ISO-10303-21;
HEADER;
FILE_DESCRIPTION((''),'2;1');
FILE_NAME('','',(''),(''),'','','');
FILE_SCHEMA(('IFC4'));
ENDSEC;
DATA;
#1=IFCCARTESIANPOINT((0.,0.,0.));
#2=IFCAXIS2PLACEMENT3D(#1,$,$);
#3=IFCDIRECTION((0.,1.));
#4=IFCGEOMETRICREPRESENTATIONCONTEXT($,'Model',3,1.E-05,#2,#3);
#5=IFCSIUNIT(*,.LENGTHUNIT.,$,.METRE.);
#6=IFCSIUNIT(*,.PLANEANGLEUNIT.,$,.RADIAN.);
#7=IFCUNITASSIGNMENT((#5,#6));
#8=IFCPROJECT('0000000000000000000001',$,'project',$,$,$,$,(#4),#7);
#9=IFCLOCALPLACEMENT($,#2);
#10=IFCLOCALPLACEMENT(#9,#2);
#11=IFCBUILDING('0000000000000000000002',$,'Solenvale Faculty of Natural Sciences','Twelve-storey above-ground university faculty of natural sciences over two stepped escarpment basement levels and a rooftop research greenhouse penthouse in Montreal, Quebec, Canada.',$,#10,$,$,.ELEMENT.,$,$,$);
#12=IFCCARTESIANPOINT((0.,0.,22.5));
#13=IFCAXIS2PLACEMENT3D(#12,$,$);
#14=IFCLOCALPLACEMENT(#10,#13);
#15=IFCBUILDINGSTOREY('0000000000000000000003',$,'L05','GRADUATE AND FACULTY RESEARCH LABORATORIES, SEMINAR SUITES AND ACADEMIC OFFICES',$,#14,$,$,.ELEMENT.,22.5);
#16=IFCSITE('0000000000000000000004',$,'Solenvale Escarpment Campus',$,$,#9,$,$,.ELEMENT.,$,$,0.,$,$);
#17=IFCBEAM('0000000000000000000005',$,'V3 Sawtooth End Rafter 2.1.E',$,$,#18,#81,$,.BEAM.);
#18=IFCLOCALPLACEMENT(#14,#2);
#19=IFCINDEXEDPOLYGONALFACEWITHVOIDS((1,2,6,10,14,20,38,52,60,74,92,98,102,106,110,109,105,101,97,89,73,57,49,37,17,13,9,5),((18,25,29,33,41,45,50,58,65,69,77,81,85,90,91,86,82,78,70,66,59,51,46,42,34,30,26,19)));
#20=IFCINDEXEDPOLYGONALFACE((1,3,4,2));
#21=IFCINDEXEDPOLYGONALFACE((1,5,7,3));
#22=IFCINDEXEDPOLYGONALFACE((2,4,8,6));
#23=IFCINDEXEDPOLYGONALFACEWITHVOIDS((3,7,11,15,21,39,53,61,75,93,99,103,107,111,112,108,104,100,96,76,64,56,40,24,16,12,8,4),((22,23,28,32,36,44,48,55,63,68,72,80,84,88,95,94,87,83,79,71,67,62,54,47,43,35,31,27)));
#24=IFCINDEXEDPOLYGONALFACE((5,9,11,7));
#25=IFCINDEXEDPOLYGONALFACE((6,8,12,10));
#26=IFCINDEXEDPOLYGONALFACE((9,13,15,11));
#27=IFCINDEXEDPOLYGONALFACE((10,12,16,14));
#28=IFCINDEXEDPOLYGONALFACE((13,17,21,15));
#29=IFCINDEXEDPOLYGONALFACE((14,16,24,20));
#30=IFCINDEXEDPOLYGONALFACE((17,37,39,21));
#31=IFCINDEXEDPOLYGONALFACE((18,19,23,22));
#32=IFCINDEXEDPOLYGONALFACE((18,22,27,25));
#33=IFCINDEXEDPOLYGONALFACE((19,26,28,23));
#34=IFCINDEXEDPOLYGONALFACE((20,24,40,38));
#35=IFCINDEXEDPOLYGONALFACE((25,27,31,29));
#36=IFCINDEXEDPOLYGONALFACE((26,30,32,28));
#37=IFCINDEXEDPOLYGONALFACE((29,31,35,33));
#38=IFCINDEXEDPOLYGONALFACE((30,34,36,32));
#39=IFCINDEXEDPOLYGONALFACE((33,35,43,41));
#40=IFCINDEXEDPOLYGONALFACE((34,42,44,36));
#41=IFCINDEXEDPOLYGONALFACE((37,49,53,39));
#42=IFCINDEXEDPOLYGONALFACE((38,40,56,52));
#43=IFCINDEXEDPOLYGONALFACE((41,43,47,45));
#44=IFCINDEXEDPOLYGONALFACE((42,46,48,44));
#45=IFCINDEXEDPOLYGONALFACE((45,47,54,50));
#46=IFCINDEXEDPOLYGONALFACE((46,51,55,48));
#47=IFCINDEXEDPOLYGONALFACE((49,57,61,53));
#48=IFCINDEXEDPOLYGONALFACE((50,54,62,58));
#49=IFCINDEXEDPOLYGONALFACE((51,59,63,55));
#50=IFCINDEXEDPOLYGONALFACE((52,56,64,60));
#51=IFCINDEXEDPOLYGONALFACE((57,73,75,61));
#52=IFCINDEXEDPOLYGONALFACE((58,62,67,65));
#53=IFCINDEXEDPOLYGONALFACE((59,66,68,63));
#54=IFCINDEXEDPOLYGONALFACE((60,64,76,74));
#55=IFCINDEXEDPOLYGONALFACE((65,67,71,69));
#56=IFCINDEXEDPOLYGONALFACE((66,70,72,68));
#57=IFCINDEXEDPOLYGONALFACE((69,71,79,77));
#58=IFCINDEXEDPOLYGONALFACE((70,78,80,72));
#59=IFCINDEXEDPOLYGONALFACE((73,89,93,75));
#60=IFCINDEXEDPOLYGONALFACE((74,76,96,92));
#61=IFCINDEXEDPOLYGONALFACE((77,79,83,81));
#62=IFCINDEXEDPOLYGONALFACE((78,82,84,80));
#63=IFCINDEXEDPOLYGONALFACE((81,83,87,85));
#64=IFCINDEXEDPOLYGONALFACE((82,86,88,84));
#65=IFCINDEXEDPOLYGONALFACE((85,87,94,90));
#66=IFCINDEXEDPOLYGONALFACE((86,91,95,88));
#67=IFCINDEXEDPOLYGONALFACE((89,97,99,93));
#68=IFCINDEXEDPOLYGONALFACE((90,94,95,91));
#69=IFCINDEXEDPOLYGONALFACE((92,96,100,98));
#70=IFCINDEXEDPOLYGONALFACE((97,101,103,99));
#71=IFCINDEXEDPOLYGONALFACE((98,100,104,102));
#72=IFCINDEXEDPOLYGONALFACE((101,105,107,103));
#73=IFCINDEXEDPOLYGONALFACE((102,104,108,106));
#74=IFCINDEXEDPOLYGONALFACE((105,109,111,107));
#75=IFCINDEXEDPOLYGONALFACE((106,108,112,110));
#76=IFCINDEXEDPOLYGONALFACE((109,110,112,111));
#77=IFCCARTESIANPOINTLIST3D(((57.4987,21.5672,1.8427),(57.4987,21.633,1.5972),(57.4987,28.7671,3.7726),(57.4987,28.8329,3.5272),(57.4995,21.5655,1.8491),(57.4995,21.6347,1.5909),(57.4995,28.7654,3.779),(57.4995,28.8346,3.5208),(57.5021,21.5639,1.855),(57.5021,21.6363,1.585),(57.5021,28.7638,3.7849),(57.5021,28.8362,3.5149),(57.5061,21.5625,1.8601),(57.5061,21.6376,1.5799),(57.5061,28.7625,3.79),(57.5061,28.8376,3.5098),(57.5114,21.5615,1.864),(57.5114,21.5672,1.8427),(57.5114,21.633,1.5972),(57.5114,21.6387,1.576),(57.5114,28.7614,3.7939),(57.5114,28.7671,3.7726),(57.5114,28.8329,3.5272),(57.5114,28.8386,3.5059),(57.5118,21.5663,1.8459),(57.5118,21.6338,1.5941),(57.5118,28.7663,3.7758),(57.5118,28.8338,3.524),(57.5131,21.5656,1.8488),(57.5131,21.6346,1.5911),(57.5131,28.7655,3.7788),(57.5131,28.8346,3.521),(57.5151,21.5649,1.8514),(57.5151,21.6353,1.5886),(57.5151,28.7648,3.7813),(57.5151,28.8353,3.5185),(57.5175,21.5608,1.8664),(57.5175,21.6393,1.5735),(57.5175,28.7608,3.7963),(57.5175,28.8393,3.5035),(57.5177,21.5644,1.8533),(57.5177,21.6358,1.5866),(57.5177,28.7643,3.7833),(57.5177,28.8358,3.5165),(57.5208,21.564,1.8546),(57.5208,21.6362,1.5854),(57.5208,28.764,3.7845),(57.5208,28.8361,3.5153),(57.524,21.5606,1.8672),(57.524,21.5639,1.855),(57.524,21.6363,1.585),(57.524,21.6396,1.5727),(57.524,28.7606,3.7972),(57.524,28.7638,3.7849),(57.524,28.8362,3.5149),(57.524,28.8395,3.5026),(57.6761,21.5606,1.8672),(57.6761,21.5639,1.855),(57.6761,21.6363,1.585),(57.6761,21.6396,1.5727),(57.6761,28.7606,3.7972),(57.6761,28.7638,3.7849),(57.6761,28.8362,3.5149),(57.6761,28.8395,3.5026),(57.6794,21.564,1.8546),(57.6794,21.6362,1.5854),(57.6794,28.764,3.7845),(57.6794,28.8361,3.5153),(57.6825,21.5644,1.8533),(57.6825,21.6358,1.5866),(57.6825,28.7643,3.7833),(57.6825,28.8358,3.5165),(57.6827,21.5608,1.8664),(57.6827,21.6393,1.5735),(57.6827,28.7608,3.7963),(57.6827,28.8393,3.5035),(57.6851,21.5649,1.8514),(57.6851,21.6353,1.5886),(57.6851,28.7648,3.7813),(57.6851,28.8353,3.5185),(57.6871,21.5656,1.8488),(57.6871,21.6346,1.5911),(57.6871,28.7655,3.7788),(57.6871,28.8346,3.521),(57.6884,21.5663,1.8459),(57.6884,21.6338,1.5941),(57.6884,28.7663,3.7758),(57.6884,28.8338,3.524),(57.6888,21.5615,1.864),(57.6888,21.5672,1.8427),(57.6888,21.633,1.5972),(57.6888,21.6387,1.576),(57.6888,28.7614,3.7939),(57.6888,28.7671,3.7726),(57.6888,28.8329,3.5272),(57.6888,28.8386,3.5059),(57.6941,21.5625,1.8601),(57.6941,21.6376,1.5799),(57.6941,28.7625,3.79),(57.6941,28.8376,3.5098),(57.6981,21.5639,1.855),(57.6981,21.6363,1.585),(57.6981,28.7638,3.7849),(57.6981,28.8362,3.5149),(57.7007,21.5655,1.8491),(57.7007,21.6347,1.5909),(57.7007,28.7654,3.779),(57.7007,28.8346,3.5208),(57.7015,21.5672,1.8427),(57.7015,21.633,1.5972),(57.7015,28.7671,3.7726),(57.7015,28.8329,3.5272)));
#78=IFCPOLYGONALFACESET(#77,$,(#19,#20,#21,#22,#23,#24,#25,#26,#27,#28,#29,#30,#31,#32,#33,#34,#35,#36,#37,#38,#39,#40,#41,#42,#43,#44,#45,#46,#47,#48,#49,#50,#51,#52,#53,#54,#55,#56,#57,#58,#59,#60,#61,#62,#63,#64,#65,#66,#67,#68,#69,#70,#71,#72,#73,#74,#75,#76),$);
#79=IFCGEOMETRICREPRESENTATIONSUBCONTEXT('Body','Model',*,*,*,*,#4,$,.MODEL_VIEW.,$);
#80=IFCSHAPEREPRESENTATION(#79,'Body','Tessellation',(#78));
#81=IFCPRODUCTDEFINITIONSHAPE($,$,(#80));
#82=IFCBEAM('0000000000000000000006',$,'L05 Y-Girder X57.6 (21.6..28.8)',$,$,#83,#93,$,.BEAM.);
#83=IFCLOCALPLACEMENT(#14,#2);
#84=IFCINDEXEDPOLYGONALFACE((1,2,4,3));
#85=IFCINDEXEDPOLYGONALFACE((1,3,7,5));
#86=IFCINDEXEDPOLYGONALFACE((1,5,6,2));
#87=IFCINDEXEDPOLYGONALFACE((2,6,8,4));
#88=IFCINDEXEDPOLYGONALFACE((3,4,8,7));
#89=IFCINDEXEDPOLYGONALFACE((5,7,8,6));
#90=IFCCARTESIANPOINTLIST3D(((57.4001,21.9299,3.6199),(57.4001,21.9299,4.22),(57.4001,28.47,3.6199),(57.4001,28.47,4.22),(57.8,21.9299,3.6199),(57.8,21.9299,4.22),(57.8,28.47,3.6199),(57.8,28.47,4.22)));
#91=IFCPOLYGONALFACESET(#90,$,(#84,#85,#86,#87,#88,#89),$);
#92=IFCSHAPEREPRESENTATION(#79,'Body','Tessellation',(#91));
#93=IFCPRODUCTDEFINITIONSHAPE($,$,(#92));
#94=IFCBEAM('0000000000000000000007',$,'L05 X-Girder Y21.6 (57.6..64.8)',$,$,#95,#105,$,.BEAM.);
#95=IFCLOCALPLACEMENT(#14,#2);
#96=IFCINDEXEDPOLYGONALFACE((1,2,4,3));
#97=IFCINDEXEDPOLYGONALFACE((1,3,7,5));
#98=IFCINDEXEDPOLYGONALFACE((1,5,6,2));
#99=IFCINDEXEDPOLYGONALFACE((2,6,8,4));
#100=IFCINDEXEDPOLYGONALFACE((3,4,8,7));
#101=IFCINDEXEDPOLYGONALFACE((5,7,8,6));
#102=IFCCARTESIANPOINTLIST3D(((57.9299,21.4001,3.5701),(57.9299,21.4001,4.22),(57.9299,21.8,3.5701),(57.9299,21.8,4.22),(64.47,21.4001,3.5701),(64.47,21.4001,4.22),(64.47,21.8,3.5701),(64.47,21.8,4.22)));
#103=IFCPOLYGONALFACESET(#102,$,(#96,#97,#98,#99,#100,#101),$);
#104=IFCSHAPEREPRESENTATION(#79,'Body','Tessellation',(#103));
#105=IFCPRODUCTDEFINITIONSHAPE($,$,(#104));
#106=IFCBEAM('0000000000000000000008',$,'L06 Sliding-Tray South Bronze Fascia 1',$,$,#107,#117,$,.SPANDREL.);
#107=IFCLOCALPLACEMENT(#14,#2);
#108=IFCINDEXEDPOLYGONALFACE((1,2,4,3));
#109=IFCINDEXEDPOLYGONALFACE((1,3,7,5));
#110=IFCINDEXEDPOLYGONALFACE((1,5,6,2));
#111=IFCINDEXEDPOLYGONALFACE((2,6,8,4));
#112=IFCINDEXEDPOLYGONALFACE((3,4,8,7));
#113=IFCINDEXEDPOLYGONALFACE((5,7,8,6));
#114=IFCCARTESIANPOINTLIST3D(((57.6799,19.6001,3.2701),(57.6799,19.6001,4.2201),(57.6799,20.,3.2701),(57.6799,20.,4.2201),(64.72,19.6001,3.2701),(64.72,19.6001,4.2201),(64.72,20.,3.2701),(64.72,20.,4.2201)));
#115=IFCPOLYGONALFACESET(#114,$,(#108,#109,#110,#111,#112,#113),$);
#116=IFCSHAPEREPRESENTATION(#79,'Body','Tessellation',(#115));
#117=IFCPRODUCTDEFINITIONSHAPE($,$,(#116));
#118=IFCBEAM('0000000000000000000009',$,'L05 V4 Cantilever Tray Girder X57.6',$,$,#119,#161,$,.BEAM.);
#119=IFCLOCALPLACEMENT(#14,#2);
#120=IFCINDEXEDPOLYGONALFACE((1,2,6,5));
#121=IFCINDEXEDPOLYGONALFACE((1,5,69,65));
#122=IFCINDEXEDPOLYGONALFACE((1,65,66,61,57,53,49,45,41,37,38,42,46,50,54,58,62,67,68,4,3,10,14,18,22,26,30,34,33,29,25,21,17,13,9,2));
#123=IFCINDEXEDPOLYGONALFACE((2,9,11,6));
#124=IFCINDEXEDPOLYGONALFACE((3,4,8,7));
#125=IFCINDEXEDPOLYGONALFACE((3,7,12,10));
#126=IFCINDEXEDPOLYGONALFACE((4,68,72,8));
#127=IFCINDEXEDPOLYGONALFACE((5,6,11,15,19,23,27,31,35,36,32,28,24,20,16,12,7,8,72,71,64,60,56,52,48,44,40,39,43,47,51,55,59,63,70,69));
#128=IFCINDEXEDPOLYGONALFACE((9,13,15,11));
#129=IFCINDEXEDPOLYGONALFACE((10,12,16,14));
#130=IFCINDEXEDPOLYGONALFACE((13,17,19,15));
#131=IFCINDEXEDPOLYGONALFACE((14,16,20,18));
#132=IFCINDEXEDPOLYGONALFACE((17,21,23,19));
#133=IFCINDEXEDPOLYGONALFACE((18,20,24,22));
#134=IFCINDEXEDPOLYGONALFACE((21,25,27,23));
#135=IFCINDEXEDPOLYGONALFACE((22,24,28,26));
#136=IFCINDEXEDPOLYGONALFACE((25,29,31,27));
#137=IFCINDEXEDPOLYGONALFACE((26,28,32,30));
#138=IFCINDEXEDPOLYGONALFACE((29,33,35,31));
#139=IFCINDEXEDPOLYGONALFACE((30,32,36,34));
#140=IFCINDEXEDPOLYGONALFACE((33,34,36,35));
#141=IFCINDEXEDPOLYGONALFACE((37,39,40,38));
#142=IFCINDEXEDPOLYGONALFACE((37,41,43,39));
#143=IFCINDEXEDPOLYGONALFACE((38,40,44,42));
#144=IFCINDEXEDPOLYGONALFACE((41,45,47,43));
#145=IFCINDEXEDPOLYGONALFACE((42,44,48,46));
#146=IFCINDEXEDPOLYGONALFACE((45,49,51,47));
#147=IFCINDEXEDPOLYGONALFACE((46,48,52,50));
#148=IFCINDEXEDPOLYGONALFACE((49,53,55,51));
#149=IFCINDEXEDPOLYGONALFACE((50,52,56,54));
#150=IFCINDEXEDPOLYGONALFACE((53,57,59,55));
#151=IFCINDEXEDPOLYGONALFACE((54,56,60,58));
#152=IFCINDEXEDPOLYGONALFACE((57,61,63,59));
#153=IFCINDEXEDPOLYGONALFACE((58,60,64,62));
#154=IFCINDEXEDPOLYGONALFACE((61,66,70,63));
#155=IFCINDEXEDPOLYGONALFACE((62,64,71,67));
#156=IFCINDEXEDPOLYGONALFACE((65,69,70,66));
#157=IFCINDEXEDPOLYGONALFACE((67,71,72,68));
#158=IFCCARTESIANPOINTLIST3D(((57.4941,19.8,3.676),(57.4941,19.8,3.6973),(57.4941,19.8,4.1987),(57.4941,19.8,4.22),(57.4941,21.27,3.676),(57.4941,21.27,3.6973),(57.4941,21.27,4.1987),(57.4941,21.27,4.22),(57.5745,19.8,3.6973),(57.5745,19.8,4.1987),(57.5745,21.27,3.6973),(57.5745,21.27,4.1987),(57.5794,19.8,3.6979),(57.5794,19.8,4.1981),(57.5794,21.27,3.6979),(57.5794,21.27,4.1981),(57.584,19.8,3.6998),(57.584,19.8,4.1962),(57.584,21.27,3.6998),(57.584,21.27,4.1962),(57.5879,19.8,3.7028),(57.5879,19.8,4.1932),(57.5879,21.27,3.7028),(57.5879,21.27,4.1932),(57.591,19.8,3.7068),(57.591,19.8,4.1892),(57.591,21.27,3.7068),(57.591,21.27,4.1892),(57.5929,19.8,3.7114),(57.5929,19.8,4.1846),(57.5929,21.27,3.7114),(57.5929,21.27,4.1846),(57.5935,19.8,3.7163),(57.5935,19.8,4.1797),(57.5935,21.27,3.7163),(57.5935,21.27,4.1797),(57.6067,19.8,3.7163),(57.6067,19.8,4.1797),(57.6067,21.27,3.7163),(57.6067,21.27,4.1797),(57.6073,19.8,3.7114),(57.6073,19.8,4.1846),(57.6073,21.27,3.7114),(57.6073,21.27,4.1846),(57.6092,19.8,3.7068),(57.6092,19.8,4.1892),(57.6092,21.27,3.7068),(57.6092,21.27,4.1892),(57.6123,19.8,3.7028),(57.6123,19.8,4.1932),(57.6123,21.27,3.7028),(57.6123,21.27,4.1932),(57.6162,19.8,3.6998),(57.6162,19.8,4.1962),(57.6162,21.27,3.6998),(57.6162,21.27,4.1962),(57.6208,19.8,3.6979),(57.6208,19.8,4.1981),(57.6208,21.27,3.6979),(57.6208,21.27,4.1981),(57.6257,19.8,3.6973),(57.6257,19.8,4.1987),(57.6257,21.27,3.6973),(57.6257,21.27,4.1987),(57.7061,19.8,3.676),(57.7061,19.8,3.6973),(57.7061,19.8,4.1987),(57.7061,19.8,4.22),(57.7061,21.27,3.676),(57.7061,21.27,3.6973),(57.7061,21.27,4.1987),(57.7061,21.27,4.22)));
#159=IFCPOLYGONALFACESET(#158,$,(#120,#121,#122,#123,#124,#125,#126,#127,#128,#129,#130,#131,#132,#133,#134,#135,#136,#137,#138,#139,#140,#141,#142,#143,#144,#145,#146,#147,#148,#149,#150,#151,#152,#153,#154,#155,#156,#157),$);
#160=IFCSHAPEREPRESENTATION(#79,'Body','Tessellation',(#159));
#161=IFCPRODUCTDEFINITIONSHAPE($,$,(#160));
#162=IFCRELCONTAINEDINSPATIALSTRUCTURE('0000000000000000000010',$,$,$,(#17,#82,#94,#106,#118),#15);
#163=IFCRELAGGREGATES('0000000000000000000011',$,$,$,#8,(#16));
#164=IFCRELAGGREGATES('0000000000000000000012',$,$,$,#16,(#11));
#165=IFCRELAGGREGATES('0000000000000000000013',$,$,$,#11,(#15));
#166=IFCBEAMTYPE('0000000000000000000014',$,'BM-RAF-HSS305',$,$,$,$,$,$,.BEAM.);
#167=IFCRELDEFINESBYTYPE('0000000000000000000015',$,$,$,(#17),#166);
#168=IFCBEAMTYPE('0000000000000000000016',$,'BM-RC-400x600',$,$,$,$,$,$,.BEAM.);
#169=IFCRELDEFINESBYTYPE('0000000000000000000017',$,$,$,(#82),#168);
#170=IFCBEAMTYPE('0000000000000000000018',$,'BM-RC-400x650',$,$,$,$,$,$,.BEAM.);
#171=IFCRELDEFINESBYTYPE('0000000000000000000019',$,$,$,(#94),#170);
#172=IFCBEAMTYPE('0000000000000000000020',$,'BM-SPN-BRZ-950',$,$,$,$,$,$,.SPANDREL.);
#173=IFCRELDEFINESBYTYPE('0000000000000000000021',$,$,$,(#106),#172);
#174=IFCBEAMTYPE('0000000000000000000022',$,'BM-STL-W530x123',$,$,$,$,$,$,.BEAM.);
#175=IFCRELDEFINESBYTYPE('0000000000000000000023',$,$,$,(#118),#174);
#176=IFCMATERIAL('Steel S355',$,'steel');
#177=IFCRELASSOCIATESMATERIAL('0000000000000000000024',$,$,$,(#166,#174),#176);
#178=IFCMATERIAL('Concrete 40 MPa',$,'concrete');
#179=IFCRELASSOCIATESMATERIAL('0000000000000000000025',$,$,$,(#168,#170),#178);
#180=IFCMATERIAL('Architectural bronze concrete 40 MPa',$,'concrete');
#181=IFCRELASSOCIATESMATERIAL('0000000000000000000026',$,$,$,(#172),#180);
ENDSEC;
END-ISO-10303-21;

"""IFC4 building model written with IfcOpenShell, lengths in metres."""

from ifc_helpers import new_model, si_unit, direction, frame, origin, origin_2d, place, context, subcontext, project, spatial, rectangle, hollow_rectangle, i_section, extrude, material, material_profile, profile_set, type_object, element, save


model = new_model("IFC4")

# Units and contexts
model_context = context("Model", 3, precision=1e-05, world=origin(), true_north=direction((0.0, 1.0)))
body_context = subcontext(model_context, "Body", "Model", "MODEL_VIEW")
ifc_project = project(units=[si_unit("LENGTHUNIT", "METRE"), si_unit("PLANEANGLEUNIT", "RADIAN")], contexts=[model_context])

# Site, building, storey
site_placement = place(None, origin())
site = spatial("IfcSite", under=ifc_project, at=site_placement, Name="Solenvale Escarpment Campus", CompositionType="ELEMENT", RefElevation=0.0)
building_placement = place(site_placement, origin())
building = spatial("IfcBuilding", under=site, at=building_placement, Name="Solenvale Faculty of Natural Sciences", Description="Twelve-storey above-ground university faculty of natural sciences over two stepped escarpment basement levels and a rooftop research greenhouse penthouse in Montreal, Quebec, Canada.", CompositionType="ELEMENT")
storey_placement = place(building_placement, frame((0.0, 0.0, 22.5)))
storey = spatial("IfcBuildingStorey", under=building, at=storey_placement, Name="L05", Description="GRADUATE AND FACULTY RESEARCH LABORATORIES, SEMINAR SUITES AND ACADEMIC OFFICES", CompositionType="ELEMENT", Elevation=22.5)

# Shared definitions
ifc_material_1 = material(Name="Concrete 40 MPa", Category="concrete")
ifc_material_2 = material(Name="Steel S355", Category="steel")

# Beams
ifc_material_profile_1 = material_profile(ifc_material_2, hollow_rectangle(XDim=0.2029, YDim=0.3049, WallThickness=0.0127, InnerFilletRadius=0.0127, OuterFilletRadius=0.0254, at=origin_2d()), Name="HSS305x203x13")
ifc_profile_set_1 = profile_set([ifc_material_profile_1], Name="Steel S355")
beam_type_1 = type_object("IfcBeamType", Name="BM-RAF-HSS305", PredefinedType="BEAM", material=ifc_profile_set_1)
beam_1_placement = place(storey_placement, frame((57.6001, 21.6001, 1.72), z_axis=(0.0, 0.965902, 0.258908), x_axis=(-1.0, 0.0, 0.0)))
element("IfcBeam", 1, at=beam_1_placement, inside=storey, type_object=beam_type_1, Name="V3 Sawtooth End Rafter 2.1.E", PredefinedType="BEAM", context=body_context, shape_type="SweptSolid", body=[
    extrude(hollow_rectangle(XDim=0.2029, YDim=0.3049, WallThickness=0.0127, InnerFilletRadius=0.0127, OuterFilletRadius=0.0254, at=origin_2d()), origin(), (0.0, 0.0, 1.0), 7.4541),
])
ifc_material_profile_2 = material_profile(ifc_material_1, rectangle(XDim=0.3999, YDim=0.6001, at=origin_2d()), Name="RC-BM-400x600")
ifc_profile_set_2 = profile_set([ifc_material_profile_2], Name="Concrete 40 MPa")
beam_type_2 = type_object("IfcBeamType", Name="BM-RC-400x600", PredefinedType="BEAM", material=ifc_profile_set_2)
beam_2_placement = place(storey_placement, frame((57.6001, 21.9299, 3.9199), z_axis=(0.0, 1.0, 0.0), x_axis=(-1.0, 0.0, 0.0)))
element("IfcBeam", 2, at=beam_2_placement, inside=storey, type_object=beam_type_2, Name="L05 Y-Girder X57.6 (21.6..28.8)", PredefinedType="BEAM", context=body_context, shape_type="SweptSolid", body=[
    extrude(rectangle(XDim=0.3999, YDim=0.6001, at=origin_2d()), origin(), (0.0, 0.0, 1.0), 6.54),
])
ifc_material_profile_3 = material_profile(ifc_material_1, rectangle(XDim=0.3999, YDim=0.6499, at=origin_2d()), Name="RC-BM-400x650")
ifc_profile_set_3 = profile_set([ifc_material_profile_3], Name="Concrete 40 MPa")
beam_type_3 = type_object("IfcBeamType", Name="BM-RC-400x650", PredefinedType="BEAM", material=ifc_profile_set_3)
beam_3_placement = place(storey_placement, frame((57.9299, 21.6001, 3.895), z_axis=(1.0, 0.0, 0.0), x_axis=(0.0, 1.0, 0.0)))
element("IfcBeam", 3, at=beam_3_placement, inside=storey, type_object=beam_type_3, Name="L05 X-Girder Y21.6 (57.6..64.8)", PredefinedType="BEAM", context=body_context, shape_type="SweptSolid", body=[
    extrude(rectangle(XDim=0.3999, YDim=0.6499, at=origin_2d()), origin(), (0.0, 0.0, 1.0), 6.54),
])
ifc_material_3 = material(Name="Architectural bronze concrete 40 MPa", Category="concrete")
ifc_material_profile_4 = material_profile(ifc_material_3, rectangle(XDim=0.3999, YDim=0.95, at=origin_2d()), Name="RC-SPN-400x950")
ifc_profile_set_4 = profile_set([ifc_material_profile_4], Name="Architectural bronze concrete 40 MPa")
beam_type_4 = type_object("IfcBeamType", Name="BM-SPN-BRZ-950", PredefinedType="SPANDREL", material=ifc_profile_set_4)
beam_4_placement = place(storey_placement, frame((57.6799, 19.8, 3.7451), z_axis=(1.0, 0.0, 0.0), x_axis=(0.0, 1.0, 0.0)))
element("IfcBeam", 4, at=beam_4_placement, inside=storey, type_object=beam_type_4, Name="L06 Sliding-Tray South Bronze Fascia 1", PredefinedType="SPANDREL", context=body_context, shape_type="SweptSolid", body=[
    extrude(rectangle(XDim=0.3999, YDim=0.95, at=origin_2d()), origin(), (0.0, 0.0, 1.0), 7.04),
])
ifc_material_profile_5 = material_profile(ifc_material_2, i_section(OverallWidth=0.2119, OverallDepth=0.5439, WebThickness=0.0132, FlangeThickness=0.0212, FilletRadius=0.019, at=origin_2d()), Name="W530x123")
ifc_profile_set_5 = profile_set([ifc_material_profile_5], Name="Steel S355")
beam_type_5 = type_object("IfcBeamType", Name="BM-STL-W530x123", PredefinedType="BEAM", material=ifc_profile_set_5)
beam_5_placement = place(storey_placement, frame((57.6001, 21.27, 3.948), z_axis=(0.0, -1.0, 0.0), x_axis=(1.0, 0.0, 0.0)))
element("IfcBeam", 5, at=beam_5_placement, inside=storey, type_object=beam_type_5, Name="L05 V4 Cantilever Tray Girder X57.6", PredefinedType="BEAM", context=body_context, shape_type="SweptSolid", body=[
    extrude(i_section(OverallWidth=0.2119, OverallDepth=0.5439, WebThickness=0.0132, FlangeThickness=0.0212, FilletRadius=0.019, at=origin_2d()), origin(), (0.0, 0.0, 1.0), 1.47),
])

save(model, "model.ifc")
